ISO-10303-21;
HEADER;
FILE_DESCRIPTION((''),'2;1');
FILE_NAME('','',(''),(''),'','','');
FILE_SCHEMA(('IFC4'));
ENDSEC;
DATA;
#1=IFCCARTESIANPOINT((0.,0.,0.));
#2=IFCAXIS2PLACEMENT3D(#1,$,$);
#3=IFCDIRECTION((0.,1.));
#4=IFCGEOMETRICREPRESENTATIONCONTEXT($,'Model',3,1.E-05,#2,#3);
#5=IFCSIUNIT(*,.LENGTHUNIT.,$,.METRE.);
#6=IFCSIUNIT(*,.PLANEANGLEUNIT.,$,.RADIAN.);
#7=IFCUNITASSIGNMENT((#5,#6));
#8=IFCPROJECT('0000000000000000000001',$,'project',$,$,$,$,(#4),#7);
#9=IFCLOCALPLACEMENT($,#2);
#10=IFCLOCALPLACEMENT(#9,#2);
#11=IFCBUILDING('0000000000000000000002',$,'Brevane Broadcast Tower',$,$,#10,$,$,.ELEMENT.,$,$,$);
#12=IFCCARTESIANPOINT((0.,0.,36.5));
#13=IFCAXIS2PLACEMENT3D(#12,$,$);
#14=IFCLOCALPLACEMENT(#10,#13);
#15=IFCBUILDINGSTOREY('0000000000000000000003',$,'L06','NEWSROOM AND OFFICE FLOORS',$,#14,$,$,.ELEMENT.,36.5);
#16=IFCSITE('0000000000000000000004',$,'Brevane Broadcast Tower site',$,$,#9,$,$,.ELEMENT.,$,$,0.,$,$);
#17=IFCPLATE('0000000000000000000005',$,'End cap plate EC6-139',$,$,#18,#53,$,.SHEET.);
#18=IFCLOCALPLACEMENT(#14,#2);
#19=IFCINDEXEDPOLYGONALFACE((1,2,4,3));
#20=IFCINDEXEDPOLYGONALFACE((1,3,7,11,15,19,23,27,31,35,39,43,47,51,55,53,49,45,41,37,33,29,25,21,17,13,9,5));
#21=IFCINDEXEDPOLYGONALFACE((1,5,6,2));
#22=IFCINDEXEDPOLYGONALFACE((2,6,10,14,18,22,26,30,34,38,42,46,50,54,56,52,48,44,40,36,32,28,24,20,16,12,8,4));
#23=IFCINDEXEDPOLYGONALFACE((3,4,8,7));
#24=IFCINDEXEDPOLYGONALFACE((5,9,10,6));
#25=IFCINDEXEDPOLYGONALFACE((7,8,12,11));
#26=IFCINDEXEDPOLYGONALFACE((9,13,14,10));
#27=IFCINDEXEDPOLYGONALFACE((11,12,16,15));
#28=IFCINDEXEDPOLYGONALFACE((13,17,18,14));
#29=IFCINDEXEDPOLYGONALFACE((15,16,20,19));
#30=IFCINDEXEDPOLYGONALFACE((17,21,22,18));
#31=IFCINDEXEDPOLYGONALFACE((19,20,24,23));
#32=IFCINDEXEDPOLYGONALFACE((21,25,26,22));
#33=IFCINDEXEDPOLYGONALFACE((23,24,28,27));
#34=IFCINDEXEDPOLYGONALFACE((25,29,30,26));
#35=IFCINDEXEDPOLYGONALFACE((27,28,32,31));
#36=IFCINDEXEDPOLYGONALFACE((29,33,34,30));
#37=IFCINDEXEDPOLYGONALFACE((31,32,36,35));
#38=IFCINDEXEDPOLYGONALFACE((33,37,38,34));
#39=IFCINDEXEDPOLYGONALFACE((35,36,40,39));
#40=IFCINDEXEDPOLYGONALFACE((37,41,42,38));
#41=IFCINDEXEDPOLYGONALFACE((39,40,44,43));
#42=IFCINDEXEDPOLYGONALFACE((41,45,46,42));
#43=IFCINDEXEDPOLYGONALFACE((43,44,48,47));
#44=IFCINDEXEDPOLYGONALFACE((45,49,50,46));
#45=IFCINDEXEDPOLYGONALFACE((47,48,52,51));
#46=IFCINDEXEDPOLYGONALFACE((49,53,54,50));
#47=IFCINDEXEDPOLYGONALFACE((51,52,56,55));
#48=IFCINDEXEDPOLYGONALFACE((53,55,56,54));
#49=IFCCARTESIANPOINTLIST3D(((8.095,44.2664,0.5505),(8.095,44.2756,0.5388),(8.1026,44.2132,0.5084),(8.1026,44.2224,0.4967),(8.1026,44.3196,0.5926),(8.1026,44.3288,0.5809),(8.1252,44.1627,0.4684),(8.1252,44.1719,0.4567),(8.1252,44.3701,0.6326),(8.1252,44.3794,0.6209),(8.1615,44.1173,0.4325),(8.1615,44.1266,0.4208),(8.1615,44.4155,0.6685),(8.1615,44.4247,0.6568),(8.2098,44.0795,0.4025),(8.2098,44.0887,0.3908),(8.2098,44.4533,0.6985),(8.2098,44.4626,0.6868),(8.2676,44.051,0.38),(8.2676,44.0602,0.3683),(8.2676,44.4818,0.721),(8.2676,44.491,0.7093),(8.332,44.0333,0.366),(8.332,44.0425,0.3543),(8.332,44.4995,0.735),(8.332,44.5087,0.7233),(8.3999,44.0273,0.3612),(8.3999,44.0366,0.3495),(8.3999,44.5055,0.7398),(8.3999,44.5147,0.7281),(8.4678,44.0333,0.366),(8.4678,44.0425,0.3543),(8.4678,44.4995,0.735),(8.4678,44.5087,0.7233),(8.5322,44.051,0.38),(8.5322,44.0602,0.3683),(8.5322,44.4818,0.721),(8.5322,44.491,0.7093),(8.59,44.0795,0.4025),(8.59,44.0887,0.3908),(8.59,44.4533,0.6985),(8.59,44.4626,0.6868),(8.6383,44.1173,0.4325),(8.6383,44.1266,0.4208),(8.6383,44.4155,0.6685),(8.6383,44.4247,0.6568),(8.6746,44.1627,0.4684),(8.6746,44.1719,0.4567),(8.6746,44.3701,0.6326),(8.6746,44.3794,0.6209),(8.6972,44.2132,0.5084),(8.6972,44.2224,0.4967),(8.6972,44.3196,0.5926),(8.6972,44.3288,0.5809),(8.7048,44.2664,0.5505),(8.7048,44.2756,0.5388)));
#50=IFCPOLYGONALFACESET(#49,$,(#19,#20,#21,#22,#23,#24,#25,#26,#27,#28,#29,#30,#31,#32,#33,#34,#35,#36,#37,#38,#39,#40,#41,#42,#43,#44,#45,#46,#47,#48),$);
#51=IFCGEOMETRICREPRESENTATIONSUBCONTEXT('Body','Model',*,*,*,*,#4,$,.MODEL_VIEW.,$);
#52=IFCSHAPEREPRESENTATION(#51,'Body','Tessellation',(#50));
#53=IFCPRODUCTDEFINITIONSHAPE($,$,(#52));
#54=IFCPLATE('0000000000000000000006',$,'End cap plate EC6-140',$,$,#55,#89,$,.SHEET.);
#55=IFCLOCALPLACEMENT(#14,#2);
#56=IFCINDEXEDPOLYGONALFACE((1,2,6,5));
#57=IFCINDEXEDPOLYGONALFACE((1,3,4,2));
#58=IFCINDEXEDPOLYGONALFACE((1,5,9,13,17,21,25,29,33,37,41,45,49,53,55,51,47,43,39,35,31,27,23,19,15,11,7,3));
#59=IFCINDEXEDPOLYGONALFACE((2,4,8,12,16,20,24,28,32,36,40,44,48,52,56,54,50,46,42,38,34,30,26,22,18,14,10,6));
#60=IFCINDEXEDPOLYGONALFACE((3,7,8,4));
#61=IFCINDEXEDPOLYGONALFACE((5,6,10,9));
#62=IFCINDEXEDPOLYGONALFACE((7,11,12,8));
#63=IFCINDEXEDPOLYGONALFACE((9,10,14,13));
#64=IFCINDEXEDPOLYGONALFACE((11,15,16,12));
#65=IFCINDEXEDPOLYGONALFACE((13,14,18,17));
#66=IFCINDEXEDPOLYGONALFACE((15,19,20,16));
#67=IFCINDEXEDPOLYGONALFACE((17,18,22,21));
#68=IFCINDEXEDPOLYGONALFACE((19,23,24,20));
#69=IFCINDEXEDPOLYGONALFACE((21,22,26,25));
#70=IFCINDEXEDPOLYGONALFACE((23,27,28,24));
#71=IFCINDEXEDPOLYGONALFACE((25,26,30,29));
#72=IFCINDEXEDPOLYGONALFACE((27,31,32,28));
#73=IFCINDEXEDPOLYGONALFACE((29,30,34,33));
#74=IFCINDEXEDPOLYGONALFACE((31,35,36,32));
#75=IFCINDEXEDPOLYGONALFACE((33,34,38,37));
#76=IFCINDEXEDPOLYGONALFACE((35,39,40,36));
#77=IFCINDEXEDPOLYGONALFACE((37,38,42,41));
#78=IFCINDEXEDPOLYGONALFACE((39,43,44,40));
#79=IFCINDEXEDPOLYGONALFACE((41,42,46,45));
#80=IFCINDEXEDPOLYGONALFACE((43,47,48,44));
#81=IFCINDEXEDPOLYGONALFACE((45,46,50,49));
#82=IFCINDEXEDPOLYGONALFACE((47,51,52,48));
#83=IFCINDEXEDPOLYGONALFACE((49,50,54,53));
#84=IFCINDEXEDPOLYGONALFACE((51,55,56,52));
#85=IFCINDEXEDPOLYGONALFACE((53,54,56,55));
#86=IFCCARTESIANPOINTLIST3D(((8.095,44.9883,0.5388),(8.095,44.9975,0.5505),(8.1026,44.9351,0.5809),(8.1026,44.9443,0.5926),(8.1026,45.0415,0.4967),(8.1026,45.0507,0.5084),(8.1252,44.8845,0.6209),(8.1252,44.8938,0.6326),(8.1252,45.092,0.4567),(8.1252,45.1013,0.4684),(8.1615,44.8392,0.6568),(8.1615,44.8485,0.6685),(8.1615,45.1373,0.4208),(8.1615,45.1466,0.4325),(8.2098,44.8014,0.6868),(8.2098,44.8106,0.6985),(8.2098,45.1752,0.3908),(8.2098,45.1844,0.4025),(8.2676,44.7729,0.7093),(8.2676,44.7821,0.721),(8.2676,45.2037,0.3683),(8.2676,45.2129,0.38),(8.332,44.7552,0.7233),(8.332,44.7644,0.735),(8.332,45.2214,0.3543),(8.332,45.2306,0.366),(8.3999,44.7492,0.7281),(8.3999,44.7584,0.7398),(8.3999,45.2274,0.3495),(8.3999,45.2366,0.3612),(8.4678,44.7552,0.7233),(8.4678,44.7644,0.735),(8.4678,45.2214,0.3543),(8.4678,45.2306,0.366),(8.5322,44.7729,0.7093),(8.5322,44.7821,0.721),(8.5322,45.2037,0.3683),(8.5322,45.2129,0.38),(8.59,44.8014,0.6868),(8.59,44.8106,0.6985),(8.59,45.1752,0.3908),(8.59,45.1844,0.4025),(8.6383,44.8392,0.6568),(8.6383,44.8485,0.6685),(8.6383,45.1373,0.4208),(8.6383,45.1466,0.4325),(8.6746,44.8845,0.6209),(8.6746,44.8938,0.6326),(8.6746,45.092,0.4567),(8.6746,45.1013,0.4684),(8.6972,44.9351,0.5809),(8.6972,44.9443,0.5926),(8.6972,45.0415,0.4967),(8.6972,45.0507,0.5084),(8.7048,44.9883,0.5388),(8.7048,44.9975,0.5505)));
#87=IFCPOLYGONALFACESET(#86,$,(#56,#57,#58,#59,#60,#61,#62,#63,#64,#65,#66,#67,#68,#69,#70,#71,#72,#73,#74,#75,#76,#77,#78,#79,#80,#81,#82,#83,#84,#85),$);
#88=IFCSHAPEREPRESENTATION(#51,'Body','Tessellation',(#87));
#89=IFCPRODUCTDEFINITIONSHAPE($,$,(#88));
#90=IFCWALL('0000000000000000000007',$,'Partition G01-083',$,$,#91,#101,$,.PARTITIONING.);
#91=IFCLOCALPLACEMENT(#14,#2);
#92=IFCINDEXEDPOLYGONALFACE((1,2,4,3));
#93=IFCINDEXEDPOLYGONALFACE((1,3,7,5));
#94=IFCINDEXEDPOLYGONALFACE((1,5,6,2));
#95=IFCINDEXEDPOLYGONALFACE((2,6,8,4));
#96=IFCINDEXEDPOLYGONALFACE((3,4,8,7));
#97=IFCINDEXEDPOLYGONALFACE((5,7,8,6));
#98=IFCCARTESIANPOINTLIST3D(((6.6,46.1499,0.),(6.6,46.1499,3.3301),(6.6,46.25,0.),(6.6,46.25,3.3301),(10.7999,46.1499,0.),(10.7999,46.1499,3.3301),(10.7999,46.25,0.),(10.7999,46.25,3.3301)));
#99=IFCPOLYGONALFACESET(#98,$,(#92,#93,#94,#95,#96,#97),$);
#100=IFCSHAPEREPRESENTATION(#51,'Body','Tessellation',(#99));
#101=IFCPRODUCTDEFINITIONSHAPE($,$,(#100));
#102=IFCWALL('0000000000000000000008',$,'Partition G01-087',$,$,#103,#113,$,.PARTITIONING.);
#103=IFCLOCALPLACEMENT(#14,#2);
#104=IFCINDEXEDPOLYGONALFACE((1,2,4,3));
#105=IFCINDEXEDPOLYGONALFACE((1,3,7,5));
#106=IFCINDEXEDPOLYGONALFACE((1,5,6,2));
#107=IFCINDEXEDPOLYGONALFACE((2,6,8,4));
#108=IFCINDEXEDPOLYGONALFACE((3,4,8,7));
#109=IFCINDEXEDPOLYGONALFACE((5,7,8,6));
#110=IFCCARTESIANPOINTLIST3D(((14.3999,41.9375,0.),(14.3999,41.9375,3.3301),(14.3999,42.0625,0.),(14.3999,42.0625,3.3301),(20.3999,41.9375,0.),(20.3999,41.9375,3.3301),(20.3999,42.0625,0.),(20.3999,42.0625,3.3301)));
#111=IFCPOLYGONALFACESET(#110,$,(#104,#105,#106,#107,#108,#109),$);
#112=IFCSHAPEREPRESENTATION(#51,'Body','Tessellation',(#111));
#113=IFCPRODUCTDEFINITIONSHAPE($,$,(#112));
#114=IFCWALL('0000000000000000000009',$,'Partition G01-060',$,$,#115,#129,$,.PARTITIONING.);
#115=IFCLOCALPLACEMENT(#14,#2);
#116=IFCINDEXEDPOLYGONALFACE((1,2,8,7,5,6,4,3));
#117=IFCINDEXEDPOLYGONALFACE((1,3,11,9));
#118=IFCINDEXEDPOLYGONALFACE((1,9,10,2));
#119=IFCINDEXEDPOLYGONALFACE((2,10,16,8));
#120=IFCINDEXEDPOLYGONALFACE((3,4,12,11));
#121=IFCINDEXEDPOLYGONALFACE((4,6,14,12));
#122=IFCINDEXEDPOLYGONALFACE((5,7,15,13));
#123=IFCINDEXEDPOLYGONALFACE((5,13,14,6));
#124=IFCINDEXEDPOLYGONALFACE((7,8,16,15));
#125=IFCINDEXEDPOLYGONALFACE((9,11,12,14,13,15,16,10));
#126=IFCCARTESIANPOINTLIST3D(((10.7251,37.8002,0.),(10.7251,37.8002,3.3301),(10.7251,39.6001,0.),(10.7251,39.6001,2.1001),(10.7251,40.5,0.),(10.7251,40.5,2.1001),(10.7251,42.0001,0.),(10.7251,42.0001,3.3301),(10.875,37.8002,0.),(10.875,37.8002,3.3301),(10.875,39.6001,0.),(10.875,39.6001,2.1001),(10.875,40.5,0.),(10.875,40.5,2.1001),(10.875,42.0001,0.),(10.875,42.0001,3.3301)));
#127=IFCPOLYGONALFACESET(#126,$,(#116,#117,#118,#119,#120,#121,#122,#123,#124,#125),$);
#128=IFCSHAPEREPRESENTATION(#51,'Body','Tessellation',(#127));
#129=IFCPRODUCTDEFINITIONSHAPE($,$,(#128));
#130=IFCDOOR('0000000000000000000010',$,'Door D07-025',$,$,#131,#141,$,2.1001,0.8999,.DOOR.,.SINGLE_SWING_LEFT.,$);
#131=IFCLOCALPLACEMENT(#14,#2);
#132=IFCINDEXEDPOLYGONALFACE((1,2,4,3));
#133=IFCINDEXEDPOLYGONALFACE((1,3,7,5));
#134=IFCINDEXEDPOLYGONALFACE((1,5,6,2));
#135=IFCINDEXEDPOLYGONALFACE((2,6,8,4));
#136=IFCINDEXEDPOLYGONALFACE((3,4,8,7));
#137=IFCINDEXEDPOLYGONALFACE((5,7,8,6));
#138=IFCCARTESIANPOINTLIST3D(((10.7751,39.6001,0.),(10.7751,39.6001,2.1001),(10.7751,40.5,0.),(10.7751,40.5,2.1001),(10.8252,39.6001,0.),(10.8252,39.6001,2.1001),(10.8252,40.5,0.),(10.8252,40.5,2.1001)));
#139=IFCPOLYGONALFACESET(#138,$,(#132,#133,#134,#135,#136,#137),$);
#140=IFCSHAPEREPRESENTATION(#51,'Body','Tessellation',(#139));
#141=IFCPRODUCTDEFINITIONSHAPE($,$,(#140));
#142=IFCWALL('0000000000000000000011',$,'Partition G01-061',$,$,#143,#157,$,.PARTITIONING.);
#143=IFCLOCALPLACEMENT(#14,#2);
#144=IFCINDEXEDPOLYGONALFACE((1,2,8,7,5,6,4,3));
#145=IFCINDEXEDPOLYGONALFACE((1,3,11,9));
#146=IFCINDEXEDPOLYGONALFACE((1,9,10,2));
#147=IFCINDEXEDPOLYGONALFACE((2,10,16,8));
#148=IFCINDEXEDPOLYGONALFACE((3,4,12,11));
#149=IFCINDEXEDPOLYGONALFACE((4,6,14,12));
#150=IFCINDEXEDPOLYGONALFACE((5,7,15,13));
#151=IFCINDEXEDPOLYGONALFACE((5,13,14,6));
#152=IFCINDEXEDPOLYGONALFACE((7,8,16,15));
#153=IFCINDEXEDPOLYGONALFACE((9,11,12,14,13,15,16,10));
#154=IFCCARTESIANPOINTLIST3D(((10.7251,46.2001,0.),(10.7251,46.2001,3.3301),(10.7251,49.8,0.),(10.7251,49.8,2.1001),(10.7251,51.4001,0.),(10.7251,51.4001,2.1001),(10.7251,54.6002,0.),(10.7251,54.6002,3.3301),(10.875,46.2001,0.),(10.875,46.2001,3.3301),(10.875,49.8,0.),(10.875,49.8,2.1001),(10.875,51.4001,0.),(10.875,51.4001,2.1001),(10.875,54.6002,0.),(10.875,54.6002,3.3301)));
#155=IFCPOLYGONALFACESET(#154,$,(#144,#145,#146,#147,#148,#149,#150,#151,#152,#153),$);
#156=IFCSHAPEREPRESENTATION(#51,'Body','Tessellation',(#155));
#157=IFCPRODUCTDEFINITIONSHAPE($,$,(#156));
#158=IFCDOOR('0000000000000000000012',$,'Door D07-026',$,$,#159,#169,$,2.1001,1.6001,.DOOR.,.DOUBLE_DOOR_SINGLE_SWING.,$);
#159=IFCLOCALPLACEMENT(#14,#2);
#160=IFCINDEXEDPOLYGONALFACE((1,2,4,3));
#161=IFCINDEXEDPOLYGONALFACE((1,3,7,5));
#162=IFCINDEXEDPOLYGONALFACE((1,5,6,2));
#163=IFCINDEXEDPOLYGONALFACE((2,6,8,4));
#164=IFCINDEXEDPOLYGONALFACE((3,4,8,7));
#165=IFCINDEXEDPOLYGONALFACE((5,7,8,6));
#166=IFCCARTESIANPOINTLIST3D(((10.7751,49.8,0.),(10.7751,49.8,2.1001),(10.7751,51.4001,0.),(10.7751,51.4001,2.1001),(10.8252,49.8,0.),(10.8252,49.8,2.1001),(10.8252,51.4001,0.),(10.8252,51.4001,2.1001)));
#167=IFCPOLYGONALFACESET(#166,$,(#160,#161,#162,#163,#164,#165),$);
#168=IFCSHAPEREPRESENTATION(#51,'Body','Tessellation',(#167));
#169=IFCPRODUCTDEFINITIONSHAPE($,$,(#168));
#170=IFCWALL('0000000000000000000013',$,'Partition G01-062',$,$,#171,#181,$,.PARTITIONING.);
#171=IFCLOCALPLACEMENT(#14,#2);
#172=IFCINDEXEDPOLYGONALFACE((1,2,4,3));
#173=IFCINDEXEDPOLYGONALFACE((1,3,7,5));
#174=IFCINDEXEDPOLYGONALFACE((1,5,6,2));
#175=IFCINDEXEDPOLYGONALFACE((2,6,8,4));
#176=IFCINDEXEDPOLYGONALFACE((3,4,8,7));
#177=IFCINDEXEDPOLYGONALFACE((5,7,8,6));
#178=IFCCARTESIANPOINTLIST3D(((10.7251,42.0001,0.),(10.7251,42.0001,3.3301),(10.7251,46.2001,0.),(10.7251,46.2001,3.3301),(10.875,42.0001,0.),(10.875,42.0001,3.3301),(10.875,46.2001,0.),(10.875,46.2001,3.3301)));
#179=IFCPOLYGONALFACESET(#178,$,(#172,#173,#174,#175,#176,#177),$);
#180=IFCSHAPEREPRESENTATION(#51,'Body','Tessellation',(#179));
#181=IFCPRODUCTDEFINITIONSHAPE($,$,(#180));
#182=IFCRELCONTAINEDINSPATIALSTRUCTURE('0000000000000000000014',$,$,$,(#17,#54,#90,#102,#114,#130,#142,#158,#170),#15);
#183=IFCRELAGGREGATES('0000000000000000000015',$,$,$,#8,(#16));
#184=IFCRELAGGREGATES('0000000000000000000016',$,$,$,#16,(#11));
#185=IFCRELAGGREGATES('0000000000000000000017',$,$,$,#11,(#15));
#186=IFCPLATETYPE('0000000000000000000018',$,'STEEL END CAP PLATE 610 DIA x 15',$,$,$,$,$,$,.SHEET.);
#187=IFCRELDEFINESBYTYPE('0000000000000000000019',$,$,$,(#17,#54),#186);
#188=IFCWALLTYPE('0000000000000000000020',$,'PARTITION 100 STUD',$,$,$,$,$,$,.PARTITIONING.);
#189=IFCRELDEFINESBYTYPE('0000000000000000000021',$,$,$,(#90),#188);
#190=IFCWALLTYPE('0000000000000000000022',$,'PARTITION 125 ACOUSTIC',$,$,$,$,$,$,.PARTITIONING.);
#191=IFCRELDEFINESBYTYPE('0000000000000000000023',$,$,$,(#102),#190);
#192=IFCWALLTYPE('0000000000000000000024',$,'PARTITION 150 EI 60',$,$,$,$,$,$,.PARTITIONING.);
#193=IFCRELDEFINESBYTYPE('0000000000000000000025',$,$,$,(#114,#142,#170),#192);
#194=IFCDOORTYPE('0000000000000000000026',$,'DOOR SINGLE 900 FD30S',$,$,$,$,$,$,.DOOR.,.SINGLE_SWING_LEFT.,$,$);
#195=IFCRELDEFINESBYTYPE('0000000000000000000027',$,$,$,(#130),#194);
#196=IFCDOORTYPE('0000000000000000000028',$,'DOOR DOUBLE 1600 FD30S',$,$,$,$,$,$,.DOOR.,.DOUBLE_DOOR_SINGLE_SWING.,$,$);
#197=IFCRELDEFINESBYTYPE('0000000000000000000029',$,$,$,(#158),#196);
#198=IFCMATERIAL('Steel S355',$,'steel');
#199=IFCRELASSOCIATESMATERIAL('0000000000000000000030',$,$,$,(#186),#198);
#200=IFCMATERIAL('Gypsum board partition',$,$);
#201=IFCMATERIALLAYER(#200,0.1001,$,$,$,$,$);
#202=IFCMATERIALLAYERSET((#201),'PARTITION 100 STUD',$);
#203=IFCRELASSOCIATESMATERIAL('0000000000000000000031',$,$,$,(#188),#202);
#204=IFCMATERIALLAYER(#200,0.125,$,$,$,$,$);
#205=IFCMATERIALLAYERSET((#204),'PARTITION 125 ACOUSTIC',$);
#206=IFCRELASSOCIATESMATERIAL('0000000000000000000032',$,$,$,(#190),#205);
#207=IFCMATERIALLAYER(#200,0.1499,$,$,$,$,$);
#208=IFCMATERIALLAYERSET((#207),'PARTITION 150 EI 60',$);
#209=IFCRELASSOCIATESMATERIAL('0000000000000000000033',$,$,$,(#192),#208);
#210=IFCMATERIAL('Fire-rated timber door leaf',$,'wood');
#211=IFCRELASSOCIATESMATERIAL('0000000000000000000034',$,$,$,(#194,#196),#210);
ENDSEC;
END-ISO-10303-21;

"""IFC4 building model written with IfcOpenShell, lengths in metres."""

from ifc_helpers import new_model, si_unit, direction, frame, frame_2d, origin, origin_2d, place, context, subcontext, project, spatial, rectangle, circle, extrude, material, layer, layer_set, material_profile, profile_set, type_object, element, fill, save


model = new_model("IFC4")

# Units and contexts
model_context = context("Model", 3, precision=1e-05, world=origin(), true_north=direction((0.0, 1.0)))
body_context = subcontext(model_context, "Body", "Model", "MODEL_VIEW")
ifc_project = project(units=[si_unit("LENGTHUNIT", "METRE"), si_unit("PLANEANGLEUNIT", "RADIAN")], contexts=[model_context])

# Site, building, storey
site_placement = place(None, origin())
site = spatial("IfcSite", under=ifc_project, at=site_placement, Name="Brevane Broadcast Tower site", CompositionType="ELEMENT", RefElevation=0.0)
building_placement = place(site_placement, origin())
building = spatial("IfcBuilding", under=site, at=building_placement, Name="Brevane Broadcast Tower", CompositionType="ELEMENT")
storey_placement = place(building_placement, frame((0.0, 0.0, 36.5)))
storey = spatial("IfcBuildingStorey", under=building, at=storey_placement, Name="L06", Description="NEWSROOM AND OFFICE FLOORS", CompositionType="ELEMENT", Elevation=36.5)

# Shared definitions
ifc_material_1 = material(Name="Steel S355", Category="steel")

# Plates
ifc_material_profile_1 = material_profile(ifc_material_1, circle(Radius=0.3049, at=origin_2d()), Name="PL 610 DIA x 15")
ifc_profile_set_1 = profile_set([ifc_material_profile_1], Name="Steel S355")
plate_type = type_object("IfcPlateType", Name="STEEL END CAP PLATE 610 DIA x 15", PredefinedType="SHEET", material=ifc_profile_set_1)
for number, where, z_axis, x_axis, name in (
    (1, (8.3999, 44.2756, 0.5388), (0.0, -0.620703, 0.784046), (1.0, 0.0, 0.0), "End cap plate EC6-139"),
    (2, (8.3999, 44.9883, 0.5388), (0.0, 0.620703, 0.784046), (-1.0, 0.0, 0.0), "End cap plate EC6-140"),
):
    element("IfcPlate", number, at=place(storey_placement, frame(where, z_axis=z_axis, x_axis=x_axis)), inside=storey, type_object=plate_type, Name=name, PredefinedType="SHEET", context=body_context, shape_type="SweptSolid", body=[
        extrude(circle(Radius=0.3049, at=origin_2d()), origin(), (0.0, 0.0, 1.0), 0.0149),
    ])

# Walls
ifc_material_2 = material(Name="Gypsum board partition")
ifc_layer_1 = layer(ifc_material_2, 0.1001)
ifc_layer_set_1 = layer_set([ifc_layer_1], Name="PARTITION 100 STUD")
wall_type_1 = type_object("IfcWallType", Name="PARTITION 100 STUD", PredefinedType="PARTITIONING", material=ifc_layer_set_1)
wall_1_placement = place(storey_placement, frame((10.8, 46.2, 0.0), z_axis=(0.0, 0.0, 1.0), x_axis=(-1.0, 0.0, 0.0)))
element("IfcWall", 3, at=wall_1_placement, inside=storey, type_object=wall_type_1, Name="Partition G01-083", PredefinedType="PARTITIONING", context=body_context, shape_type="SweptSolid", body=[
    extrude(rectangle(XDim=4.2, YDim=0.1001, at=frame_2d((2.1001, 0.0))), origin(), (0.0, 0.0, 1.0), 3.3301),
])
ifc_layer_2 = layer(ifc_material_2, 0.125)
ifc_layer_set_2 = layer_set([ifc_layer_2], Name="PARTITION 125 ACOUSTIC")
wall_type_2 = type_object("IfcWallType", Name="PARTITION 125 ACOUSTIC", PredefinedType="PARTITIONING", material=ifc_layer_set_2)
wall_2_placement = place(storey_placement, frame((14.3999, 42.0, 0.0), z_axis=(0.0, 0.0, 1.0), x_axis=(1.0, 0.0, 0.0)))
element("IfcWall", 4, at=wall_2_placement, inside=storey, type_object=wall_type_2, Name="Partition G01-087", PredefinedType="PARTITIONING", context=body_context, shape_type="SweptSolid", body=[
    extrude(rectangle(XDim=6.0, YDim=0.125, at=frame_2d((3.0, 0.0))), origin(), (0.0, 0.0, 1.0), 3.3301),
])

# Walls, openings, doors
ifc_layer_3 = layer(ifc_material_2, 0.1499)
ifc_layer_set_3 = layer_set([ifc_layer_3], Name="PARTITION 150 EI 60")
wall_type_3 = type_object("IfcWallType", Name="PARTITION 150 EI 60", PredefinedType="PARTITIONING", material=ifc_layer_set_3)
wall_3_placement = place(storey_placement, frame((10.8, 37.8, 0.0), z_axis=(0.0, 0.0, 1.0), x_axis=(0.0, 1.0, 0.0)))
wall_3 = element("IfcWall", 5, at=wall_3_placement, inside=storey, type_object=wall_type_3, Name="Partition G01-060", PredefinedType="PARTITIONING", context=body_context, shape_type="SweptSolid", body=[
    extrude(rectangle(XDim=4.2, YDim=0.1499, at=frame_2d((2.1001, 0.0))), origin(), (0.0, 0.0, 1.0), 3.3301),
])
opening_1_placement = place(wall_3_placement, frame((1.8, 0.0, 0.0)))
opening_1 = element("IfcOpeningElement", 6, at=opening_1_placement, cuts=wall_3, PredefinedType="OPENING", context=body_context, shape_type="SweptSolid", body=[
    extrude(rectangle(XDim=0.8999, YDim=2.1001, at=frame_2d((0.45, 1.05))), frame((0.0, 0.085, 0.0), z_axis=(0.0, -1.0, 0.0), x_axis=(1.0, 0.0, 0.0)), (0.0, 0.0, 1.0), 0.1699),
])
ifc_material_3 = material(Name="Fire-rated timber door leaf", Category="wood")
door_type_1 = type_object("IfcDoorType", Name="DOOR SINGLE 900 FD30S", OperationType="SINGLE_SWING_LEFT", PredefinedType="DOOR", material=ifc_material_3)
door_1_placement = place(opening_1_placement, origin())
door_1 = element("IfcDoor", 7, at=door_1_placement, inside=storey, type_object=door_type_1, Name="Door D07-025", OperationType="SINGLE_SWING_LEFT", OverallHeight=2.1001, OverallWidth=0.8999, PredefinedType="DOOR", context=body_context, shape_type="SweptSolid", body=[
    extrude(rectangle(XDim=0.8999, YDim=2.1001, at=frame_2d((0.45, 1.05))), frame((0.0, 0.0249, 0.0), z_axis=(0.0, -1.0, 0.0), x_axis=(1.0, 0.0, 0.0)), (0.0, 0.0, 1.0), 0.05),
])
fill(opening_1, door_1)
wall_4_placement = place(storey_placement, frame((10.8, 46.2, 0.0), z_axis=(0.0, 0.0, 1.0), x_axis=(0.0, 1.0, 0.0)))
wall_4 = element("IfcWall", 8, at=wall_4_placement, inside=storey, type_object=wall_type_3, Name="Partition G01-061", PredefinedType="PARTITIONING", context=body_context, shape_type="SweptSolid", body=[
    extrude(rectangle(XDim=8.4001, YDim=0.1499, at=frame_2d((4.2002, 0.0))), origin(), (0.0, 0.0, 1.0), 3.3301),
])
opening_2_placement = place(wall_4_placement, frame((3.6001, 0.0, 0.0)))
opening_2 = element("IfcOpeningElement", 9, at=opening_2_placement, cuts=wall_4, PredefinedType="OPENING", context=body_context, shape_type="SweptSolid", body=[
    extrude(rectangle(XDim=1.6001, YDim=2.1001, at=frame_2d((0.8, 1.05))), frame((0.0, 0.085, 0.0), z_axis=(0.0, -1.0, 0.0), x_axis=(1.0, 0.0, 0.0)), (0.0, 0.0, 1.0), 0.1699),
])
door_type_2 = type_object("IfcDoorType", Name="DOOR DOUBLE 1600 FD30S", OperationType="DOUBLE_DOOR_SINGLE_SWING", PredefinedType="DOOR", material=ifc_material_3)
door_2_placement = place(opening_2_placement, origin())
door_2 = element("IfcDoor", 10, at=door_2_placement, inside=storey, type_object=door_type_2, Name="Door D07-026", OperationType="DOUBLE_DOOR_SINGLE_SWING", OverallHeight=2.1001, OverallWidth=1.6001, PredefinedType="DOOR", context=body_context, shape_type="SweptSolid", body=[
    extrude(rectangle(XDim=1.6001, YDim=2.1001, at=frame_2d((0.8, 1.05))), frame((0.0, 0.0249, 0.0), z_axis=(0.0, -1.0, 0.0), x_axis=(1.0, 0.0, 0.0)), (0.0, 0.0, 1.0), 0.05),
])
fill(opening_2, door_2)

# Wall
wall_5_placement = place(storey_placement, frame((10.8, 42.0, 0.0), z_axis=(0.0, 0.0, 1.0), x_axis=(0.0, 1.0, 0.0)))
element("IfcWall", 11, at=wall_5_placement, inside=storey, type_object=wall_type_3, Name="Partition G01-062", PredefinedType="PARTITIONING", context=body_context, shape_type="SweptSolid", body=[
    extrude(rectangle(XDim=4.2, YDim=0.1499, at=frame_2d((2.1001, 0.0))), origin(), (0.0, 0.0, 1.0), 3.3301),
])

save(model, "model.ifc")
